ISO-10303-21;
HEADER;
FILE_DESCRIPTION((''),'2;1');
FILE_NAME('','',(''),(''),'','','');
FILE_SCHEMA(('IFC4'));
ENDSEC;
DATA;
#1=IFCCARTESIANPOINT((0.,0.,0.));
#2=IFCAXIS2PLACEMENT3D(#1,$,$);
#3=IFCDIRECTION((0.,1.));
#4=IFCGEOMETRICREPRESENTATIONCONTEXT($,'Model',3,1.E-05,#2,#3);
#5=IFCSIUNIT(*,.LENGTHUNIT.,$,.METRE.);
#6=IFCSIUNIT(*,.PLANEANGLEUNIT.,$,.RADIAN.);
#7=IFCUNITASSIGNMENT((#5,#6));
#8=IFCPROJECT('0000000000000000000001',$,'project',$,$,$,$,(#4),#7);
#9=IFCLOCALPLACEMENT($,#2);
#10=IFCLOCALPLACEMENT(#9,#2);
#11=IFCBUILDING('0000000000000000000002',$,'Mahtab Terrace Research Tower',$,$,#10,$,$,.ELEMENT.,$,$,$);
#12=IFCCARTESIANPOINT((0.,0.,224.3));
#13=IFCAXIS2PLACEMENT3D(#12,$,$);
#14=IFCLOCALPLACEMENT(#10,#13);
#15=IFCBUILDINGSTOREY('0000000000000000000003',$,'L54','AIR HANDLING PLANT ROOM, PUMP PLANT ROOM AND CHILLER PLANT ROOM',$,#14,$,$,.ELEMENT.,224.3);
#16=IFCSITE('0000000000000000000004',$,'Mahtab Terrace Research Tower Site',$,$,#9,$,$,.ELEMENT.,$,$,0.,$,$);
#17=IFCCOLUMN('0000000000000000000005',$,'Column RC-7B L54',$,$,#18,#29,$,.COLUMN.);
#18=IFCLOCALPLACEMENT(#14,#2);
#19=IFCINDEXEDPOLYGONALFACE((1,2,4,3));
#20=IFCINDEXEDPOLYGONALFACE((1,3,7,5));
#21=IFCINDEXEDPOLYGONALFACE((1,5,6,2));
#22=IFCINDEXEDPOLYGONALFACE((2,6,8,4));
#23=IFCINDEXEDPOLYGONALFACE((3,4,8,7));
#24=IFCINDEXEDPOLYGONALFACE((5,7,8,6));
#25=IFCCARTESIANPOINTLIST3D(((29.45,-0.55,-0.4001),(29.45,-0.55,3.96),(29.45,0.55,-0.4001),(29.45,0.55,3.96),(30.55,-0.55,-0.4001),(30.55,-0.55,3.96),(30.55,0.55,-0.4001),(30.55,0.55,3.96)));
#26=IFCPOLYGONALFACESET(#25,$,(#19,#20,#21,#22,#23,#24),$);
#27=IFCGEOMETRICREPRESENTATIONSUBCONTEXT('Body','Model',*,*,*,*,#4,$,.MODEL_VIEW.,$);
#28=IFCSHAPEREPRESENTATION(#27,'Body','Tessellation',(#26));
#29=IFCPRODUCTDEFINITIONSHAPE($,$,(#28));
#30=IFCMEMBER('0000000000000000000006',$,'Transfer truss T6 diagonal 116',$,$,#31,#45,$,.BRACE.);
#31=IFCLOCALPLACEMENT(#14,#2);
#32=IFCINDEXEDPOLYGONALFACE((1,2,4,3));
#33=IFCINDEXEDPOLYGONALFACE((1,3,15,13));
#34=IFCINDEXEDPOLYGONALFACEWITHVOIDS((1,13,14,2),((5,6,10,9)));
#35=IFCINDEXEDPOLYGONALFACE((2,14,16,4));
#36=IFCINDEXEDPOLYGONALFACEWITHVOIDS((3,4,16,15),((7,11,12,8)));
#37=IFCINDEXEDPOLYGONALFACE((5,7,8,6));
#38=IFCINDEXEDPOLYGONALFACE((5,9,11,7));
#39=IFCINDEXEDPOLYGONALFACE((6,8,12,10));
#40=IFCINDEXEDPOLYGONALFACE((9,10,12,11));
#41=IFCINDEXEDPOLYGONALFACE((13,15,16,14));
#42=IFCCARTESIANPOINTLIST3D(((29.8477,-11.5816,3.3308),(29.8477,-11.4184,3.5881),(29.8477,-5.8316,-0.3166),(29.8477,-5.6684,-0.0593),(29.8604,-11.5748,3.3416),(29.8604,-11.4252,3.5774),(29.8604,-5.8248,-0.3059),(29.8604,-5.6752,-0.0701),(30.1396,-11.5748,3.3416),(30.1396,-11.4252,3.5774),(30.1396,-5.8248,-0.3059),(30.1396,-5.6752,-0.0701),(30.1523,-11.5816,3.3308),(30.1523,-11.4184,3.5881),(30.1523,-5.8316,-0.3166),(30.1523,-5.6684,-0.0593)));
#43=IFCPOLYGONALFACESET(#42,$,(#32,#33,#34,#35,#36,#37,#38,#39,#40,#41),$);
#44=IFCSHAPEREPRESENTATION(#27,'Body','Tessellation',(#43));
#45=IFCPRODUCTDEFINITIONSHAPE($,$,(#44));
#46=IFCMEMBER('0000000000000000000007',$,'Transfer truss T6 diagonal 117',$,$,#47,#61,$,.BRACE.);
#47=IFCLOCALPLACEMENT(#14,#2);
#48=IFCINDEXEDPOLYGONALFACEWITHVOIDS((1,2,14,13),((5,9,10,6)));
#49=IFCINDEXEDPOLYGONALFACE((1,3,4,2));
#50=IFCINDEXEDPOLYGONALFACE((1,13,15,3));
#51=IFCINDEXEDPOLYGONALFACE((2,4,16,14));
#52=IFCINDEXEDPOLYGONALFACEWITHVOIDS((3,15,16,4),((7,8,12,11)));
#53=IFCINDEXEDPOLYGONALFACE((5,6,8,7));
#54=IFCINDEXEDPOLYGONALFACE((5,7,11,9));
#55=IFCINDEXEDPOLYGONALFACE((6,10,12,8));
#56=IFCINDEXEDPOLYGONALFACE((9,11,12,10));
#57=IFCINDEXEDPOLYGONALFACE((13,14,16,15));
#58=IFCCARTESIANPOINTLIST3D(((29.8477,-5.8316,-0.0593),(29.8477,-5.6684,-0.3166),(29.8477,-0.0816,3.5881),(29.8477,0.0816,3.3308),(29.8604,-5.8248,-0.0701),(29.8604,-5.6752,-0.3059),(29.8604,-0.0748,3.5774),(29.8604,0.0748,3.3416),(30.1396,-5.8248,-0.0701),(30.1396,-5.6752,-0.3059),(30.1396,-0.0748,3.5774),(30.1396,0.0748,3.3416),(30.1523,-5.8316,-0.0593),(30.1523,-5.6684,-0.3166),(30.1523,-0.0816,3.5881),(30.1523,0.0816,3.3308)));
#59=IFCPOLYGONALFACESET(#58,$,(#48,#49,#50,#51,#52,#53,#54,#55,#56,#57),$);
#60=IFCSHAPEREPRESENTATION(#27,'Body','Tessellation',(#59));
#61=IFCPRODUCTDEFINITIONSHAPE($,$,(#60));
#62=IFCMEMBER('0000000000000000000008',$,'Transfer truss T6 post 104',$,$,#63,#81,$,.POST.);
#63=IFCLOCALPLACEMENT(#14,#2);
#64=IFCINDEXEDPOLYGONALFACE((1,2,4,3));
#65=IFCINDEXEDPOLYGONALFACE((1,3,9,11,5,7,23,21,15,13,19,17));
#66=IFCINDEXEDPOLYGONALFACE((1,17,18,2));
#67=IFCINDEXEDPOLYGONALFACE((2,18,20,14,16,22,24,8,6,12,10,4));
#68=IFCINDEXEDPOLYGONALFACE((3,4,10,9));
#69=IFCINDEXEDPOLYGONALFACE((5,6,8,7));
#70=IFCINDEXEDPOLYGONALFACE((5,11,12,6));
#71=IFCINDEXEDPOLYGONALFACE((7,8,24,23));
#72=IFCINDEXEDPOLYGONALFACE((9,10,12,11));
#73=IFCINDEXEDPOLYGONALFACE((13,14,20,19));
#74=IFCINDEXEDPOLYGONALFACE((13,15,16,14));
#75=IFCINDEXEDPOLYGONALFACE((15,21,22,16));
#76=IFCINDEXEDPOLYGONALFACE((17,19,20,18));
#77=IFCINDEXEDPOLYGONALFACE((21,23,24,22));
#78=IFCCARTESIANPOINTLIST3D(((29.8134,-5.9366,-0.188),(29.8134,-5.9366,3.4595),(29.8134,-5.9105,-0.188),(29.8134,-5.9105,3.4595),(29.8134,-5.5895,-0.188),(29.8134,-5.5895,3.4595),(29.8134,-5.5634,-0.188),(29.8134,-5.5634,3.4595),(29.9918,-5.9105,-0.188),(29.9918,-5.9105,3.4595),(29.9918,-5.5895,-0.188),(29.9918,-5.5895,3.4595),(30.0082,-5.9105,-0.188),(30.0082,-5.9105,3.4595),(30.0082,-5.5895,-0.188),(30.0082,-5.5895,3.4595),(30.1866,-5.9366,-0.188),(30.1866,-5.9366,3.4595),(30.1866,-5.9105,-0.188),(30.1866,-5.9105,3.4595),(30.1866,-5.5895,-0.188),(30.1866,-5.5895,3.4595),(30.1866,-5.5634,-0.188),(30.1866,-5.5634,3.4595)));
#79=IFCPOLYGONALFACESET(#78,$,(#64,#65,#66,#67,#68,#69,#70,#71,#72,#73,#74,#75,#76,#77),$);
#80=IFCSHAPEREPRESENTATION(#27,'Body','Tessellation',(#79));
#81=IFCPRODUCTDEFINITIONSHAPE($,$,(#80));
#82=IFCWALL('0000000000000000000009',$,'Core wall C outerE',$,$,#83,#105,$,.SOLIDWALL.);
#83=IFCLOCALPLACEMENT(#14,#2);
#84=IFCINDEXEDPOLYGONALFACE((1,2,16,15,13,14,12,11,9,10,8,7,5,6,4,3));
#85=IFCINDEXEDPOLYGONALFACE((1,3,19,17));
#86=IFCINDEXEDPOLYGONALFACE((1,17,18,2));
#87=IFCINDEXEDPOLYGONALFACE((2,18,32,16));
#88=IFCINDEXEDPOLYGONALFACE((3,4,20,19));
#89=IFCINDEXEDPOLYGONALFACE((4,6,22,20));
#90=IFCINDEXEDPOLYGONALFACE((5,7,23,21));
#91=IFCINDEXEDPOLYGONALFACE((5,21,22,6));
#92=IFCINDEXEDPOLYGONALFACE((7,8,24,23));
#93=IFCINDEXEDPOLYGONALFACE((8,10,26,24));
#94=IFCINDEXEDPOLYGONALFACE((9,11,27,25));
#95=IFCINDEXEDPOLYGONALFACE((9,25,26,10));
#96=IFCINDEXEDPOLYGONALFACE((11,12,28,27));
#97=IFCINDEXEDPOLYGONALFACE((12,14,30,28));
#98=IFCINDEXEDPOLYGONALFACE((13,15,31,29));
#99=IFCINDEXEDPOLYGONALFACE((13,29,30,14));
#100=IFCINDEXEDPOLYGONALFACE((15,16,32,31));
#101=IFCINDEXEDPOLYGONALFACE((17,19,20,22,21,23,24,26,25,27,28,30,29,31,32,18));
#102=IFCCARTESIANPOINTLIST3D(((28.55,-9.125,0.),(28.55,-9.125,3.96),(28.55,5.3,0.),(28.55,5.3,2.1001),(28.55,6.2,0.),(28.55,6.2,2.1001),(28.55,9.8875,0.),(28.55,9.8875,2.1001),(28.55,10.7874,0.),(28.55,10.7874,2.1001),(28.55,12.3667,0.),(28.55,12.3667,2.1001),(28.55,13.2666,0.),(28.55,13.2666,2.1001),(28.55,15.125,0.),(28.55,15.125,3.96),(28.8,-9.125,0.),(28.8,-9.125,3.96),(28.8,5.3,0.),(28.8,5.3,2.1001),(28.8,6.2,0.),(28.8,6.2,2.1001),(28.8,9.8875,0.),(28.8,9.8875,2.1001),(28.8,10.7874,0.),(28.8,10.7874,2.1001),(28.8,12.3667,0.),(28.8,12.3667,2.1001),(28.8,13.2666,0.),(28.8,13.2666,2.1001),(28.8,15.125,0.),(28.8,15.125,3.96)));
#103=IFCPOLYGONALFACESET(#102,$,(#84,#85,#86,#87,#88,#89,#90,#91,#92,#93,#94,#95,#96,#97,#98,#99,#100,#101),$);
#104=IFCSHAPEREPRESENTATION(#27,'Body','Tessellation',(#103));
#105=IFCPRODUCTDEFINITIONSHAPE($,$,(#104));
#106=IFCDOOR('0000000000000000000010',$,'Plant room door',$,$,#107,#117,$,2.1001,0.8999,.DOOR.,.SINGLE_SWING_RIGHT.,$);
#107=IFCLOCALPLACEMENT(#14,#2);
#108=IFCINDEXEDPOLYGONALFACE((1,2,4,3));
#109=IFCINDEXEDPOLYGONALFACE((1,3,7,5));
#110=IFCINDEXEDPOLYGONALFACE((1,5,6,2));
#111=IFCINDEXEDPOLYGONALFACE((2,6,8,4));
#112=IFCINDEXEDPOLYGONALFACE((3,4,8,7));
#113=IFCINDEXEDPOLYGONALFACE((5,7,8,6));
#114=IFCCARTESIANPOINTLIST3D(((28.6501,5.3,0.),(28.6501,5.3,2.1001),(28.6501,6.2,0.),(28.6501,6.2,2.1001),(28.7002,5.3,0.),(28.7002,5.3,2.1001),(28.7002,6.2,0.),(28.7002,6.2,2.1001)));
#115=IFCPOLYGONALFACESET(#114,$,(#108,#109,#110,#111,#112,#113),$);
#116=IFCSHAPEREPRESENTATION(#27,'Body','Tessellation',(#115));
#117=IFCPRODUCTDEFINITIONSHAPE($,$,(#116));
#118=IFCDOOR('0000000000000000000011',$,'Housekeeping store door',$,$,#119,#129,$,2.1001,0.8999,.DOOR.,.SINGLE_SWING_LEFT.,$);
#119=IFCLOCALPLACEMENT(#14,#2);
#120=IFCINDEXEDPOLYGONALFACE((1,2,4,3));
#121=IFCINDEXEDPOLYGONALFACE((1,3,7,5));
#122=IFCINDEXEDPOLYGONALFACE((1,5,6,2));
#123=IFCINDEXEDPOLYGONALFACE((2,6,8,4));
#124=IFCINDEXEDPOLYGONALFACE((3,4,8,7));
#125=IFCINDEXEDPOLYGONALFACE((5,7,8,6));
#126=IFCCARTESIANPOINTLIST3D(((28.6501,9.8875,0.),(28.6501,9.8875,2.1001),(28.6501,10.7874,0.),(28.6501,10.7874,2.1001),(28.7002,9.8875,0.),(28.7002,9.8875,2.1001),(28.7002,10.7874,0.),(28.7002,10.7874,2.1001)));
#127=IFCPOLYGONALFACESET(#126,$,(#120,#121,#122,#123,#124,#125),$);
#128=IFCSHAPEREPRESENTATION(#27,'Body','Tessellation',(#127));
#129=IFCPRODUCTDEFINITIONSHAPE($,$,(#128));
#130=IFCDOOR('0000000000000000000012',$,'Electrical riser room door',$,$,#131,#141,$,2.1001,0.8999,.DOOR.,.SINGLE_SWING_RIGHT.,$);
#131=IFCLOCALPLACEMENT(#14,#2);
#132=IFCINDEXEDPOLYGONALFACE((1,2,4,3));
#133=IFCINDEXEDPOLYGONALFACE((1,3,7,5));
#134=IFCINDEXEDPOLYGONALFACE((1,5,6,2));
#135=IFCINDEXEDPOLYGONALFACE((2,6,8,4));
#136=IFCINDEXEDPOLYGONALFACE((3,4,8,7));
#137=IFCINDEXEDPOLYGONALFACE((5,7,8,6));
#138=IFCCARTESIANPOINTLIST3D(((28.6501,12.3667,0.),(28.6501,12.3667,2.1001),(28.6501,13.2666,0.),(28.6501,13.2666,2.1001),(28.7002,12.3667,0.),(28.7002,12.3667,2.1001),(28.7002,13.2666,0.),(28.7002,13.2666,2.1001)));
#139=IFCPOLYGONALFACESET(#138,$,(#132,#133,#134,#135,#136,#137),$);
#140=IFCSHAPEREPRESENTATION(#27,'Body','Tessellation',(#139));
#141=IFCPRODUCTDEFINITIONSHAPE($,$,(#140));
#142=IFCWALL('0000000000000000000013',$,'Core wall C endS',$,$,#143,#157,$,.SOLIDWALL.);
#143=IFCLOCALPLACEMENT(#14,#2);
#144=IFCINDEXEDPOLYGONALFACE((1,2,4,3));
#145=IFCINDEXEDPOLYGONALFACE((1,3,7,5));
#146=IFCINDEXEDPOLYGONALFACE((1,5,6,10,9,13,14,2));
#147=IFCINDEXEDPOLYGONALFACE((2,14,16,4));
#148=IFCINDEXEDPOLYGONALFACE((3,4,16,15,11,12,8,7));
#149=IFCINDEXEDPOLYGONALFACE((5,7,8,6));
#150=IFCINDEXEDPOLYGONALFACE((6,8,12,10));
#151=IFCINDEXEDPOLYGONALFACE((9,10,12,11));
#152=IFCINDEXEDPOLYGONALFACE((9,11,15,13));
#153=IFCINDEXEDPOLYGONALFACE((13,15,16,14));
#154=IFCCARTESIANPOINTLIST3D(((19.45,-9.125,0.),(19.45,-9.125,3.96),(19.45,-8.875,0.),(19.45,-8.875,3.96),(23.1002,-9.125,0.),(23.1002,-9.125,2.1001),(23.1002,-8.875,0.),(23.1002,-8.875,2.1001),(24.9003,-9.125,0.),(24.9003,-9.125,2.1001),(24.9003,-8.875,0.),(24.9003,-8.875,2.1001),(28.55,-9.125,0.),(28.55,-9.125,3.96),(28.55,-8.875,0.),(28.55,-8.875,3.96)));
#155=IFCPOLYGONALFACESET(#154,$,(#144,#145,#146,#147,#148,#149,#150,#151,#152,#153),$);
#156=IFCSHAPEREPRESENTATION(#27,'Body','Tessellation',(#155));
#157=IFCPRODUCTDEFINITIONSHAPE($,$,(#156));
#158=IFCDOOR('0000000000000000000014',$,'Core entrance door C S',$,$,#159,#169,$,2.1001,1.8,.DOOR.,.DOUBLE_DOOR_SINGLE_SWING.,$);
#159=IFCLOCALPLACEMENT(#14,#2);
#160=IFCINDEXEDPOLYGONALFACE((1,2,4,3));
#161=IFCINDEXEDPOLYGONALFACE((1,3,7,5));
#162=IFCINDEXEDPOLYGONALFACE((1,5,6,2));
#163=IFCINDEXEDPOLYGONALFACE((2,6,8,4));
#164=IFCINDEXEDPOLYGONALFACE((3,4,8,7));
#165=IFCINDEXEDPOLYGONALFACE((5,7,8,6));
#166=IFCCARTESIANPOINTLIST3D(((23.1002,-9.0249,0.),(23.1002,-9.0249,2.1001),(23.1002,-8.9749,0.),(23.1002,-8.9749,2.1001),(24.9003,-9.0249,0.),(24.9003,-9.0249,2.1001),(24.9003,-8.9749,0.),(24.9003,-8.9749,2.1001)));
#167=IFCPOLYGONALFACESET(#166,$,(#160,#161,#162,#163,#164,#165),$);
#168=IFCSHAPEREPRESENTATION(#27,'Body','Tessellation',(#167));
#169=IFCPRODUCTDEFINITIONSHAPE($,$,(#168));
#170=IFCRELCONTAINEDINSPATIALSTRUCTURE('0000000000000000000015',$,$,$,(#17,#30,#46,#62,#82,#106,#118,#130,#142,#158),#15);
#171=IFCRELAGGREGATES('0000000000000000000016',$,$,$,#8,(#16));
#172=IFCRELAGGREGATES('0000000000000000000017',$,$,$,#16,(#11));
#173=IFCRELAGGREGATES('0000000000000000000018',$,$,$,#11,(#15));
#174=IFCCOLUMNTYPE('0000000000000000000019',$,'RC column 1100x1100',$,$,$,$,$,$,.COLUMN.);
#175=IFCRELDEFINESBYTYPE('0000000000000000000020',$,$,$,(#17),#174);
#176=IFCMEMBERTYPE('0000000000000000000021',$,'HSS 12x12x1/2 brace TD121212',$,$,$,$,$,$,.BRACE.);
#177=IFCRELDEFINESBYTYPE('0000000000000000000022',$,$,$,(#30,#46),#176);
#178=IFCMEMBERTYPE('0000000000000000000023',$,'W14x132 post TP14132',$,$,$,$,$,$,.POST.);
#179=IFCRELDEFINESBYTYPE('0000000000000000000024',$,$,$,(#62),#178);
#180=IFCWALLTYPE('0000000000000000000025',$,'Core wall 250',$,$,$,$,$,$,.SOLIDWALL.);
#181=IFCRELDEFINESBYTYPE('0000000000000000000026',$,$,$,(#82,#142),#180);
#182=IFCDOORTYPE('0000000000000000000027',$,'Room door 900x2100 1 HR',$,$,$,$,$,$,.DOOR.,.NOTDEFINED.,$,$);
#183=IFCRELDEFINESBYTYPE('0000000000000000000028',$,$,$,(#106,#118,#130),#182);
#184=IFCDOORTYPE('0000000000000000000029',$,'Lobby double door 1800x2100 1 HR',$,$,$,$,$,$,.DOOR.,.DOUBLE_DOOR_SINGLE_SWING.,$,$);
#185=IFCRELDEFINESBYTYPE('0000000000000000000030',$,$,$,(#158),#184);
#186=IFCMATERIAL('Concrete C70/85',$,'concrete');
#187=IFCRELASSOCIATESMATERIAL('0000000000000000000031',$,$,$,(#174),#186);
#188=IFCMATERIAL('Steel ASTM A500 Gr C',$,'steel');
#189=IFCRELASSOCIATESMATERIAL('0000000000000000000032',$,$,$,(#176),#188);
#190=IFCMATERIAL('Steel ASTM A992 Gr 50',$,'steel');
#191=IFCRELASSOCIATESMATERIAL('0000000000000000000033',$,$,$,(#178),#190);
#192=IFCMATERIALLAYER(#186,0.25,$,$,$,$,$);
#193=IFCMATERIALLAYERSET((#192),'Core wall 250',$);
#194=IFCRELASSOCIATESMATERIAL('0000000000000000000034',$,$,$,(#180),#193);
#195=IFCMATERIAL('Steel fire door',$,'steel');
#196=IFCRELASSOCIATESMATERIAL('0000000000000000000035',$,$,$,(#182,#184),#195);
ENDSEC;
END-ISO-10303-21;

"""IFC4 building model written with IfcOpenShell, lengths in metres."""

from ifc_helpers import new_model, si_unit, direction, frame, frame_2d, origin, origin_2d, place, context, subcontext, project, spatial, rectangle, hollow_rectangle, i_section, extrude, material, layer, layer_set, material_profile, profile_set, type_object, element, fill, save


model = new_model("IFC4")

# Units and contexts
model_context = context("Model", 3, precision=1e-05, world=origin(), true_north=direction((0.0, 1.0)))
body_context = subcontext(model_context, "Body", "Model", "MODEL_VIEW")
ifc_project = project(units=[si_unit("LENGTHUNIT", "METRE"), si_unit("PLANEANGLEUNIT", "RADIAN")], contexts=[model_context])

# Site, building, storey
site_placement = place(None, origin())
site = spatial("IfcSite", under=ifc_project, at=site_placement, Name="Mahtab Terrace Research Tower Site", CompositionType="ELEMENT", RefElevation=0.0)
building_placement = place(site_placement, origin())
building = spatial("IfcBuilding", under=site, at=building_placement, Name="Mahtab Terrace Research Tower", CompositionType="ELEMENT")
storey_placement = place(building_placement, frame((0.0, 0.0, 224.3)))
storey = spatial("IfcBuildingStorey", under=building, at=storey_placement, Name="L54", Description="AIR HANDLING PLANT ROOM, PUMP PLANT ROOM AND CHILLER PLANT ROOM", CompositionType="ELEMENT", Elevation=224.3)

# Column
ifc_material_1 = material(Name="Concrete C70/85", Category="concrete")
ifc_material_profile_1 = material_profile(ifc_material_1, rectangle(XDim=1.1001, YDim=1.1001, at=origin_2d()), Name="RC column 1100x1100")
ifc_profile_set_1 = profile_set([ifc_material_profile_1], Name="Concrete C70/85")
column_type = type_object("IfcColumnType", Name="RC column 1100x1100", PredefinedType="COLUMN", material=ifc_profile_set_1)
column_placement = place(storey_placement, frame((30.0, 0.0, -0.4001), z_axis=(0.0, 0.0, 1.0), x_axis=(1.0, 0.0, 0.0)))
element("IfcColumn", 1, at=column_placement, inside=storey, type_object=column_type, Name="Column RC-7B L54", PredefinedType="COLUMN", context=body_context, shape_type="SweptSolid", body=[
    extrude(rectangle(XDim=1.1001, YDim=1.1001, at=origin_2d()), origin(), (0.0, 0.0, 1.0), 4.3601),
])

# Members
ifc_material_2 = material(Name="Steel ASTM A500 Gr C", Category="steel")
ifc_material_profile_2 = material_profile(ifc_material_2, hollow_rectangle(XDim=0.3047, YDim=0.3047, WallThickness=0.0127, at=origin_2d()), Name="HSS12X12X1/2")
ifc_profile_set_2 = profile_set([ifc_material_profile_2], Name="Steel ASTM A500 Gr C")
member_type_1 = type_object("IfcMemberType", Name="HSS 12x12x1/2 brace TD121212", PredefinedType="BRACE", material=ifc_profile_set_2)
for number, where, z_axis, x_axis, name in (
    (2, (30.0, -5.75, -0.188), (0.0, -0.844434, 0.535659), (1.0, 0.0, 0.0), "Transfer truss T6 diagonal 116"),
    (3, (30.0, -5.75, -0.188), (0.0, 0.844434, 0.535659), (-1.0, 0.0, 0.0), "Transfer truss T6 diagonal 117"),
):
    element("IfcMember", number, at=place(storey_placement, frame(where, z_axis=z_axis, x_axis=x_axis)), inside=storey, type_object=member_type_1, Name=name, PredefinedType="BRACE", context=body_context, shape_type="SweptSolid", body=[
        extrude(hollow_rectangle(XDim=0.3047, YDim=0.3047, WallThickness=0.0127, at=origin_2d()), origin(), (0.0, 0.0, 1.0), 6.8093),
    ])
ifc_material_3 = material(Name="Steel ASTM A992 Gr 50", Category="steel")
ifc_material_profile_3 = material_profile(ifc_material_3, i_section(OverallWidth=0.3733, OverallDepth=0.3733, WebThickness=0.0164, FlangeThickness=0.0261, at=origin_2d()), Name="W14X132")
ifc_profile_set_3 = profile_set([ifc_material_profile_3], Name="Steel ASTM A992 Gr 50")
member_type_2 = type_object("IfcMemberType", Name="W14x132 post TP14132", PredefinedType="POST", material=ifc_profile_set_3)
member_placement = place(storey_placement, frame((30.0, -5.75, -0.188), z_axis=(0.0, 0.0, 1.0), x_axis=(1.0, 0.0, 0.0)))
element("IfcMember", 4, at=member_placement, inside=storey, type_object=member_type_2, Name="Transfer truss T6 post 104", PredefinedType="POST", context=body_context, shape_type="SweptSolid", body=[
    extrude(i_section(OverallWidth=0.3733, OverallDepth=0.3733, WebThickness=0.0164, FlangeThickness=0.0261, at=origin_2d()), origin(), (0.0, 0.0, 1.0), 3.6475),
])

# Wall, openings, doors
ifc_layer_1 = layer(ifc_material_1, 0.25)
ifc_layer_set_1 = layer_set([ifc_layer_1], Name="Core wall 250")
wall_type = type_object("IfcWallType", Name="Core wall 250", PredefinedType="SOLIDWALL", material=ifc_layer_set_1)
wall_1_placement = place(storey_placement, frame((28.675, -9.125, 0.0), z_axis=(0.0, 0.0, 1.0), x_axis=(0.0, 1.0, 0.0)))
wall_1 = element("IfcWall", 5, at=wall_1_placement, inside=storey, type_object=wall_type, Name="Core wall C outerE", PredefinedType="SOLIDWALL", context=body_context, shape_type="SweptSolid", body=[
    extrude(rectangle(XDim=24.25, YDim=0.25, at=frame_2d((12.125, 0.0))), origin(), (0.0, 0.0, 1.0), 3.96),
])
opening_1_placement = place(wall_1_placement, frame((14.425, 0.0, 0.0)))
opening_1 = element("IfcOpeningElement", 6, at=opening_1_placement, cuts=wall_1, PredefinedType="OPENING", context=body_context, shape_type="SweptSolid", body=[
    extrude(rectangle(XDim=0.8999, YDim=2.1001, at=frame_2d((0.45, 1.05))), frame((0.0, 0.135, 0.0), z_axis=(0.0, -1.0, 0.0), x_axis=(1.0, 0.0, 0.0)), (0.0, 0.0, 1.0), 0.27),
])
opening_2_placement = place(wall_1_placement, frame((19.0125, 0.0, 0.0)))
opening_2 = element("IfcOpeningElement", 7, at=opening_2_placement, cuts=wall_1, PredefinedType="OPENING", context=body_context, shape_type="SweptSolid", body=[
    extrude(rectangle(XDim=0.8999, YDim=2.1001, at=frame_2d((0.45, 1.05))), frame((0.0, 0.135, 0.0), z_axis=(0.0, -1.0, 0.0), x_axis=(1.0, 0.0, 0.0)), (0.0, 0.0, 1.0), 0.27),
])
opening_3_placement = place(wall_1_placement, frame((21.4917, 0.0, 0.0)))
opening_3 = element("IfcOpeningElement", 8, at=opening_3_placement, cuts=wall_1, PredefinedType="OPENING", context=body_context, shape_type="SweptSolid", body=[
    extrude(rectangle(XDim=0.8999, YDim=2.1001, at=frame_2d((0.45, 1.05))), frame((0.0, 0.135, 0.0), z_axis=(0.0, -1.0, 0.0), x_axis=(1.0, 0.0, 0.0)), (0.0, 0.0, 1.0), 0.27),
])
ifc_material_4 = material(Name="Steel fire door", Category="steel")
door_type_1 = type_object("IfcDoorType", Name="Room door 900x2100 1 HR", OperationType="NOTDEFINED", PredefinedType="DOOR", material=ifc_material_4)
door_1_placement = place(opening_1_placement, origin())
door_1 = element("IfcDoor", 9, at=door_1_placement, inside=storey, type_object=door_type_1, Name="Plant room door", OperationType="SINGLE_SWING_RIGHT", OverallHeight=2.1001, OverallWidth=0.8999, PredefinedType="DOOR", context=body_context, shape_type="SweptSolid", body=[
    extrude(rectangle(XDim=0.8999, YDim=2.1001, at=frame_2d((0.45, 1.05))), frame((0.0, 0.0249, 0.0), z_axis=(0.0, -1.0, 0.0), x_axis=(1.0, 0.0, 0.0)), (0.0, 0.0, 1.0), 0.05),
])
fill(opening_1, door_1)
door_2_placement = place(opening_2_placement, origin())
door_2 = element("IfcDoor", 10, at=door_2_placement, inside=storey, type_object=door_type_1, Name="Housekeeping store door", OperationType="SINGLE_SWING_LEFT", OverallHeight=2.1001, OverallWidth=0.8999, PredefinedType="DOOR", context=body_context, shape_type="SweptSolid", body=[
    extrude(rectangle(XDim=0.8999, YDim=2.1001, at=frame_2d((0.45, 1.05))), frame((0.0, 0.0249, 0.0), z_axis=(0.0, -1.0, 0.0), x_axis=(1.0, 0.0, 0.0)), (0.0, 0.0, 1.0), 0.05),
])
fill(opening_2, door_2)
door_3_placement = place(opening_3_placement, origin())
door_3 = element("IfcDoor", 11, at=door_3_placement, inside=storey, type_object=door_type_1, Name="Electrical riser room door", OperationType="SINGLE_SWING_RIGHT", OverallHeight=2.1001, OverallWidth=0.8999, PredefinedType="DOOR", context=body_context, shape_type="SweptSolid", body=[
    extrude(rectangle(XDim=0.8999, YDim=2.1001, at=frame_2d((0.45, 1.05))), frame((0.0, 0.0249, 0.0), z_axis=(0.0, -1.0, 0.0), x_axis=(1.0, 0.0, 0.0)), (0.0, 0.0, 1.0), 0.05),
])
fill(opening_3, door_3)

# Wall, opening, door
wall_2_placement = place(storey_placement, frame((28.55, -9.0, 0.0), z_axis=(0.0, 0.0, 1.0), x_axis=(-1.0, 0.0, 0.0)))
wall_2 = element("IfcWall", 12, at=wall_2_placement, inside=storey, type_object=wall_type, Name="Core wall C endS", PredefinedType="SOLIDWALL", context=body_context, shape_type="SweptSolid", body=[
    extrude(rectangle(XDim=9.1001, YDim=0.25, at=frame_2d((4.55, 0.0))), origin(), (0.0, 0.0, 1.0), 3.96),
])
opening_4_placement = place(wall_2_placement, frame((3.6499, 0.0, 0.0)))
opening_4 = element("IfcOpeningElement", 13, at=opening_4_placement, cuts=wall_2, PredefinedType="OPENING", context=body_context, shape_type="SweptSolid", body=[
    extrude(rectangle(XDim=1.8, YDim=2.1001, at=frame_2d((0.8999, 1.05))), frame((0.0, 0.135, 0.0), z_axis=(0.0, -1.0, 0.0), x_axis=(1.0, 0.0, 0.0)), (0.0, 0.0, 1.0), 0.27),
])
door_type_2 = type_object("IfcDoorType", Name="Lobby double door 1800x2100 1 HR", OperationType="DOUBLE_DOOR_SINGLE_SWING", PredefinedType="DOOR", material=ifc_material_4)
door_4_placement = place(opening_4_placement, origin())
door_4 = element("IfcDoor", 14, at=door_4_placement, inside=storey, type_object=door_type_2, Name="Core entrance door C S", OperationType="DOUBLE_DOOR_SINGLE_SWING", OverallHeight=2.1001, OverallWidth=1.8, PredefinedType="DOOR", context=body_context, shape_type="SweptSolid", body=[
    extrude(rectangle(XDim=1.8, YDim=2.1001, at=frame_2d((0.8999, 1.05))), frame((0.0, 0.0249, 0.0), z_axis=(0.0, -1.0, 0.0), x_axis=(1.0, 0.0, 0.0)), (0.0, 0.0, 1.0), 0.05),
])
fill(opening_4, door_4)

save(model, "model.ifc")
